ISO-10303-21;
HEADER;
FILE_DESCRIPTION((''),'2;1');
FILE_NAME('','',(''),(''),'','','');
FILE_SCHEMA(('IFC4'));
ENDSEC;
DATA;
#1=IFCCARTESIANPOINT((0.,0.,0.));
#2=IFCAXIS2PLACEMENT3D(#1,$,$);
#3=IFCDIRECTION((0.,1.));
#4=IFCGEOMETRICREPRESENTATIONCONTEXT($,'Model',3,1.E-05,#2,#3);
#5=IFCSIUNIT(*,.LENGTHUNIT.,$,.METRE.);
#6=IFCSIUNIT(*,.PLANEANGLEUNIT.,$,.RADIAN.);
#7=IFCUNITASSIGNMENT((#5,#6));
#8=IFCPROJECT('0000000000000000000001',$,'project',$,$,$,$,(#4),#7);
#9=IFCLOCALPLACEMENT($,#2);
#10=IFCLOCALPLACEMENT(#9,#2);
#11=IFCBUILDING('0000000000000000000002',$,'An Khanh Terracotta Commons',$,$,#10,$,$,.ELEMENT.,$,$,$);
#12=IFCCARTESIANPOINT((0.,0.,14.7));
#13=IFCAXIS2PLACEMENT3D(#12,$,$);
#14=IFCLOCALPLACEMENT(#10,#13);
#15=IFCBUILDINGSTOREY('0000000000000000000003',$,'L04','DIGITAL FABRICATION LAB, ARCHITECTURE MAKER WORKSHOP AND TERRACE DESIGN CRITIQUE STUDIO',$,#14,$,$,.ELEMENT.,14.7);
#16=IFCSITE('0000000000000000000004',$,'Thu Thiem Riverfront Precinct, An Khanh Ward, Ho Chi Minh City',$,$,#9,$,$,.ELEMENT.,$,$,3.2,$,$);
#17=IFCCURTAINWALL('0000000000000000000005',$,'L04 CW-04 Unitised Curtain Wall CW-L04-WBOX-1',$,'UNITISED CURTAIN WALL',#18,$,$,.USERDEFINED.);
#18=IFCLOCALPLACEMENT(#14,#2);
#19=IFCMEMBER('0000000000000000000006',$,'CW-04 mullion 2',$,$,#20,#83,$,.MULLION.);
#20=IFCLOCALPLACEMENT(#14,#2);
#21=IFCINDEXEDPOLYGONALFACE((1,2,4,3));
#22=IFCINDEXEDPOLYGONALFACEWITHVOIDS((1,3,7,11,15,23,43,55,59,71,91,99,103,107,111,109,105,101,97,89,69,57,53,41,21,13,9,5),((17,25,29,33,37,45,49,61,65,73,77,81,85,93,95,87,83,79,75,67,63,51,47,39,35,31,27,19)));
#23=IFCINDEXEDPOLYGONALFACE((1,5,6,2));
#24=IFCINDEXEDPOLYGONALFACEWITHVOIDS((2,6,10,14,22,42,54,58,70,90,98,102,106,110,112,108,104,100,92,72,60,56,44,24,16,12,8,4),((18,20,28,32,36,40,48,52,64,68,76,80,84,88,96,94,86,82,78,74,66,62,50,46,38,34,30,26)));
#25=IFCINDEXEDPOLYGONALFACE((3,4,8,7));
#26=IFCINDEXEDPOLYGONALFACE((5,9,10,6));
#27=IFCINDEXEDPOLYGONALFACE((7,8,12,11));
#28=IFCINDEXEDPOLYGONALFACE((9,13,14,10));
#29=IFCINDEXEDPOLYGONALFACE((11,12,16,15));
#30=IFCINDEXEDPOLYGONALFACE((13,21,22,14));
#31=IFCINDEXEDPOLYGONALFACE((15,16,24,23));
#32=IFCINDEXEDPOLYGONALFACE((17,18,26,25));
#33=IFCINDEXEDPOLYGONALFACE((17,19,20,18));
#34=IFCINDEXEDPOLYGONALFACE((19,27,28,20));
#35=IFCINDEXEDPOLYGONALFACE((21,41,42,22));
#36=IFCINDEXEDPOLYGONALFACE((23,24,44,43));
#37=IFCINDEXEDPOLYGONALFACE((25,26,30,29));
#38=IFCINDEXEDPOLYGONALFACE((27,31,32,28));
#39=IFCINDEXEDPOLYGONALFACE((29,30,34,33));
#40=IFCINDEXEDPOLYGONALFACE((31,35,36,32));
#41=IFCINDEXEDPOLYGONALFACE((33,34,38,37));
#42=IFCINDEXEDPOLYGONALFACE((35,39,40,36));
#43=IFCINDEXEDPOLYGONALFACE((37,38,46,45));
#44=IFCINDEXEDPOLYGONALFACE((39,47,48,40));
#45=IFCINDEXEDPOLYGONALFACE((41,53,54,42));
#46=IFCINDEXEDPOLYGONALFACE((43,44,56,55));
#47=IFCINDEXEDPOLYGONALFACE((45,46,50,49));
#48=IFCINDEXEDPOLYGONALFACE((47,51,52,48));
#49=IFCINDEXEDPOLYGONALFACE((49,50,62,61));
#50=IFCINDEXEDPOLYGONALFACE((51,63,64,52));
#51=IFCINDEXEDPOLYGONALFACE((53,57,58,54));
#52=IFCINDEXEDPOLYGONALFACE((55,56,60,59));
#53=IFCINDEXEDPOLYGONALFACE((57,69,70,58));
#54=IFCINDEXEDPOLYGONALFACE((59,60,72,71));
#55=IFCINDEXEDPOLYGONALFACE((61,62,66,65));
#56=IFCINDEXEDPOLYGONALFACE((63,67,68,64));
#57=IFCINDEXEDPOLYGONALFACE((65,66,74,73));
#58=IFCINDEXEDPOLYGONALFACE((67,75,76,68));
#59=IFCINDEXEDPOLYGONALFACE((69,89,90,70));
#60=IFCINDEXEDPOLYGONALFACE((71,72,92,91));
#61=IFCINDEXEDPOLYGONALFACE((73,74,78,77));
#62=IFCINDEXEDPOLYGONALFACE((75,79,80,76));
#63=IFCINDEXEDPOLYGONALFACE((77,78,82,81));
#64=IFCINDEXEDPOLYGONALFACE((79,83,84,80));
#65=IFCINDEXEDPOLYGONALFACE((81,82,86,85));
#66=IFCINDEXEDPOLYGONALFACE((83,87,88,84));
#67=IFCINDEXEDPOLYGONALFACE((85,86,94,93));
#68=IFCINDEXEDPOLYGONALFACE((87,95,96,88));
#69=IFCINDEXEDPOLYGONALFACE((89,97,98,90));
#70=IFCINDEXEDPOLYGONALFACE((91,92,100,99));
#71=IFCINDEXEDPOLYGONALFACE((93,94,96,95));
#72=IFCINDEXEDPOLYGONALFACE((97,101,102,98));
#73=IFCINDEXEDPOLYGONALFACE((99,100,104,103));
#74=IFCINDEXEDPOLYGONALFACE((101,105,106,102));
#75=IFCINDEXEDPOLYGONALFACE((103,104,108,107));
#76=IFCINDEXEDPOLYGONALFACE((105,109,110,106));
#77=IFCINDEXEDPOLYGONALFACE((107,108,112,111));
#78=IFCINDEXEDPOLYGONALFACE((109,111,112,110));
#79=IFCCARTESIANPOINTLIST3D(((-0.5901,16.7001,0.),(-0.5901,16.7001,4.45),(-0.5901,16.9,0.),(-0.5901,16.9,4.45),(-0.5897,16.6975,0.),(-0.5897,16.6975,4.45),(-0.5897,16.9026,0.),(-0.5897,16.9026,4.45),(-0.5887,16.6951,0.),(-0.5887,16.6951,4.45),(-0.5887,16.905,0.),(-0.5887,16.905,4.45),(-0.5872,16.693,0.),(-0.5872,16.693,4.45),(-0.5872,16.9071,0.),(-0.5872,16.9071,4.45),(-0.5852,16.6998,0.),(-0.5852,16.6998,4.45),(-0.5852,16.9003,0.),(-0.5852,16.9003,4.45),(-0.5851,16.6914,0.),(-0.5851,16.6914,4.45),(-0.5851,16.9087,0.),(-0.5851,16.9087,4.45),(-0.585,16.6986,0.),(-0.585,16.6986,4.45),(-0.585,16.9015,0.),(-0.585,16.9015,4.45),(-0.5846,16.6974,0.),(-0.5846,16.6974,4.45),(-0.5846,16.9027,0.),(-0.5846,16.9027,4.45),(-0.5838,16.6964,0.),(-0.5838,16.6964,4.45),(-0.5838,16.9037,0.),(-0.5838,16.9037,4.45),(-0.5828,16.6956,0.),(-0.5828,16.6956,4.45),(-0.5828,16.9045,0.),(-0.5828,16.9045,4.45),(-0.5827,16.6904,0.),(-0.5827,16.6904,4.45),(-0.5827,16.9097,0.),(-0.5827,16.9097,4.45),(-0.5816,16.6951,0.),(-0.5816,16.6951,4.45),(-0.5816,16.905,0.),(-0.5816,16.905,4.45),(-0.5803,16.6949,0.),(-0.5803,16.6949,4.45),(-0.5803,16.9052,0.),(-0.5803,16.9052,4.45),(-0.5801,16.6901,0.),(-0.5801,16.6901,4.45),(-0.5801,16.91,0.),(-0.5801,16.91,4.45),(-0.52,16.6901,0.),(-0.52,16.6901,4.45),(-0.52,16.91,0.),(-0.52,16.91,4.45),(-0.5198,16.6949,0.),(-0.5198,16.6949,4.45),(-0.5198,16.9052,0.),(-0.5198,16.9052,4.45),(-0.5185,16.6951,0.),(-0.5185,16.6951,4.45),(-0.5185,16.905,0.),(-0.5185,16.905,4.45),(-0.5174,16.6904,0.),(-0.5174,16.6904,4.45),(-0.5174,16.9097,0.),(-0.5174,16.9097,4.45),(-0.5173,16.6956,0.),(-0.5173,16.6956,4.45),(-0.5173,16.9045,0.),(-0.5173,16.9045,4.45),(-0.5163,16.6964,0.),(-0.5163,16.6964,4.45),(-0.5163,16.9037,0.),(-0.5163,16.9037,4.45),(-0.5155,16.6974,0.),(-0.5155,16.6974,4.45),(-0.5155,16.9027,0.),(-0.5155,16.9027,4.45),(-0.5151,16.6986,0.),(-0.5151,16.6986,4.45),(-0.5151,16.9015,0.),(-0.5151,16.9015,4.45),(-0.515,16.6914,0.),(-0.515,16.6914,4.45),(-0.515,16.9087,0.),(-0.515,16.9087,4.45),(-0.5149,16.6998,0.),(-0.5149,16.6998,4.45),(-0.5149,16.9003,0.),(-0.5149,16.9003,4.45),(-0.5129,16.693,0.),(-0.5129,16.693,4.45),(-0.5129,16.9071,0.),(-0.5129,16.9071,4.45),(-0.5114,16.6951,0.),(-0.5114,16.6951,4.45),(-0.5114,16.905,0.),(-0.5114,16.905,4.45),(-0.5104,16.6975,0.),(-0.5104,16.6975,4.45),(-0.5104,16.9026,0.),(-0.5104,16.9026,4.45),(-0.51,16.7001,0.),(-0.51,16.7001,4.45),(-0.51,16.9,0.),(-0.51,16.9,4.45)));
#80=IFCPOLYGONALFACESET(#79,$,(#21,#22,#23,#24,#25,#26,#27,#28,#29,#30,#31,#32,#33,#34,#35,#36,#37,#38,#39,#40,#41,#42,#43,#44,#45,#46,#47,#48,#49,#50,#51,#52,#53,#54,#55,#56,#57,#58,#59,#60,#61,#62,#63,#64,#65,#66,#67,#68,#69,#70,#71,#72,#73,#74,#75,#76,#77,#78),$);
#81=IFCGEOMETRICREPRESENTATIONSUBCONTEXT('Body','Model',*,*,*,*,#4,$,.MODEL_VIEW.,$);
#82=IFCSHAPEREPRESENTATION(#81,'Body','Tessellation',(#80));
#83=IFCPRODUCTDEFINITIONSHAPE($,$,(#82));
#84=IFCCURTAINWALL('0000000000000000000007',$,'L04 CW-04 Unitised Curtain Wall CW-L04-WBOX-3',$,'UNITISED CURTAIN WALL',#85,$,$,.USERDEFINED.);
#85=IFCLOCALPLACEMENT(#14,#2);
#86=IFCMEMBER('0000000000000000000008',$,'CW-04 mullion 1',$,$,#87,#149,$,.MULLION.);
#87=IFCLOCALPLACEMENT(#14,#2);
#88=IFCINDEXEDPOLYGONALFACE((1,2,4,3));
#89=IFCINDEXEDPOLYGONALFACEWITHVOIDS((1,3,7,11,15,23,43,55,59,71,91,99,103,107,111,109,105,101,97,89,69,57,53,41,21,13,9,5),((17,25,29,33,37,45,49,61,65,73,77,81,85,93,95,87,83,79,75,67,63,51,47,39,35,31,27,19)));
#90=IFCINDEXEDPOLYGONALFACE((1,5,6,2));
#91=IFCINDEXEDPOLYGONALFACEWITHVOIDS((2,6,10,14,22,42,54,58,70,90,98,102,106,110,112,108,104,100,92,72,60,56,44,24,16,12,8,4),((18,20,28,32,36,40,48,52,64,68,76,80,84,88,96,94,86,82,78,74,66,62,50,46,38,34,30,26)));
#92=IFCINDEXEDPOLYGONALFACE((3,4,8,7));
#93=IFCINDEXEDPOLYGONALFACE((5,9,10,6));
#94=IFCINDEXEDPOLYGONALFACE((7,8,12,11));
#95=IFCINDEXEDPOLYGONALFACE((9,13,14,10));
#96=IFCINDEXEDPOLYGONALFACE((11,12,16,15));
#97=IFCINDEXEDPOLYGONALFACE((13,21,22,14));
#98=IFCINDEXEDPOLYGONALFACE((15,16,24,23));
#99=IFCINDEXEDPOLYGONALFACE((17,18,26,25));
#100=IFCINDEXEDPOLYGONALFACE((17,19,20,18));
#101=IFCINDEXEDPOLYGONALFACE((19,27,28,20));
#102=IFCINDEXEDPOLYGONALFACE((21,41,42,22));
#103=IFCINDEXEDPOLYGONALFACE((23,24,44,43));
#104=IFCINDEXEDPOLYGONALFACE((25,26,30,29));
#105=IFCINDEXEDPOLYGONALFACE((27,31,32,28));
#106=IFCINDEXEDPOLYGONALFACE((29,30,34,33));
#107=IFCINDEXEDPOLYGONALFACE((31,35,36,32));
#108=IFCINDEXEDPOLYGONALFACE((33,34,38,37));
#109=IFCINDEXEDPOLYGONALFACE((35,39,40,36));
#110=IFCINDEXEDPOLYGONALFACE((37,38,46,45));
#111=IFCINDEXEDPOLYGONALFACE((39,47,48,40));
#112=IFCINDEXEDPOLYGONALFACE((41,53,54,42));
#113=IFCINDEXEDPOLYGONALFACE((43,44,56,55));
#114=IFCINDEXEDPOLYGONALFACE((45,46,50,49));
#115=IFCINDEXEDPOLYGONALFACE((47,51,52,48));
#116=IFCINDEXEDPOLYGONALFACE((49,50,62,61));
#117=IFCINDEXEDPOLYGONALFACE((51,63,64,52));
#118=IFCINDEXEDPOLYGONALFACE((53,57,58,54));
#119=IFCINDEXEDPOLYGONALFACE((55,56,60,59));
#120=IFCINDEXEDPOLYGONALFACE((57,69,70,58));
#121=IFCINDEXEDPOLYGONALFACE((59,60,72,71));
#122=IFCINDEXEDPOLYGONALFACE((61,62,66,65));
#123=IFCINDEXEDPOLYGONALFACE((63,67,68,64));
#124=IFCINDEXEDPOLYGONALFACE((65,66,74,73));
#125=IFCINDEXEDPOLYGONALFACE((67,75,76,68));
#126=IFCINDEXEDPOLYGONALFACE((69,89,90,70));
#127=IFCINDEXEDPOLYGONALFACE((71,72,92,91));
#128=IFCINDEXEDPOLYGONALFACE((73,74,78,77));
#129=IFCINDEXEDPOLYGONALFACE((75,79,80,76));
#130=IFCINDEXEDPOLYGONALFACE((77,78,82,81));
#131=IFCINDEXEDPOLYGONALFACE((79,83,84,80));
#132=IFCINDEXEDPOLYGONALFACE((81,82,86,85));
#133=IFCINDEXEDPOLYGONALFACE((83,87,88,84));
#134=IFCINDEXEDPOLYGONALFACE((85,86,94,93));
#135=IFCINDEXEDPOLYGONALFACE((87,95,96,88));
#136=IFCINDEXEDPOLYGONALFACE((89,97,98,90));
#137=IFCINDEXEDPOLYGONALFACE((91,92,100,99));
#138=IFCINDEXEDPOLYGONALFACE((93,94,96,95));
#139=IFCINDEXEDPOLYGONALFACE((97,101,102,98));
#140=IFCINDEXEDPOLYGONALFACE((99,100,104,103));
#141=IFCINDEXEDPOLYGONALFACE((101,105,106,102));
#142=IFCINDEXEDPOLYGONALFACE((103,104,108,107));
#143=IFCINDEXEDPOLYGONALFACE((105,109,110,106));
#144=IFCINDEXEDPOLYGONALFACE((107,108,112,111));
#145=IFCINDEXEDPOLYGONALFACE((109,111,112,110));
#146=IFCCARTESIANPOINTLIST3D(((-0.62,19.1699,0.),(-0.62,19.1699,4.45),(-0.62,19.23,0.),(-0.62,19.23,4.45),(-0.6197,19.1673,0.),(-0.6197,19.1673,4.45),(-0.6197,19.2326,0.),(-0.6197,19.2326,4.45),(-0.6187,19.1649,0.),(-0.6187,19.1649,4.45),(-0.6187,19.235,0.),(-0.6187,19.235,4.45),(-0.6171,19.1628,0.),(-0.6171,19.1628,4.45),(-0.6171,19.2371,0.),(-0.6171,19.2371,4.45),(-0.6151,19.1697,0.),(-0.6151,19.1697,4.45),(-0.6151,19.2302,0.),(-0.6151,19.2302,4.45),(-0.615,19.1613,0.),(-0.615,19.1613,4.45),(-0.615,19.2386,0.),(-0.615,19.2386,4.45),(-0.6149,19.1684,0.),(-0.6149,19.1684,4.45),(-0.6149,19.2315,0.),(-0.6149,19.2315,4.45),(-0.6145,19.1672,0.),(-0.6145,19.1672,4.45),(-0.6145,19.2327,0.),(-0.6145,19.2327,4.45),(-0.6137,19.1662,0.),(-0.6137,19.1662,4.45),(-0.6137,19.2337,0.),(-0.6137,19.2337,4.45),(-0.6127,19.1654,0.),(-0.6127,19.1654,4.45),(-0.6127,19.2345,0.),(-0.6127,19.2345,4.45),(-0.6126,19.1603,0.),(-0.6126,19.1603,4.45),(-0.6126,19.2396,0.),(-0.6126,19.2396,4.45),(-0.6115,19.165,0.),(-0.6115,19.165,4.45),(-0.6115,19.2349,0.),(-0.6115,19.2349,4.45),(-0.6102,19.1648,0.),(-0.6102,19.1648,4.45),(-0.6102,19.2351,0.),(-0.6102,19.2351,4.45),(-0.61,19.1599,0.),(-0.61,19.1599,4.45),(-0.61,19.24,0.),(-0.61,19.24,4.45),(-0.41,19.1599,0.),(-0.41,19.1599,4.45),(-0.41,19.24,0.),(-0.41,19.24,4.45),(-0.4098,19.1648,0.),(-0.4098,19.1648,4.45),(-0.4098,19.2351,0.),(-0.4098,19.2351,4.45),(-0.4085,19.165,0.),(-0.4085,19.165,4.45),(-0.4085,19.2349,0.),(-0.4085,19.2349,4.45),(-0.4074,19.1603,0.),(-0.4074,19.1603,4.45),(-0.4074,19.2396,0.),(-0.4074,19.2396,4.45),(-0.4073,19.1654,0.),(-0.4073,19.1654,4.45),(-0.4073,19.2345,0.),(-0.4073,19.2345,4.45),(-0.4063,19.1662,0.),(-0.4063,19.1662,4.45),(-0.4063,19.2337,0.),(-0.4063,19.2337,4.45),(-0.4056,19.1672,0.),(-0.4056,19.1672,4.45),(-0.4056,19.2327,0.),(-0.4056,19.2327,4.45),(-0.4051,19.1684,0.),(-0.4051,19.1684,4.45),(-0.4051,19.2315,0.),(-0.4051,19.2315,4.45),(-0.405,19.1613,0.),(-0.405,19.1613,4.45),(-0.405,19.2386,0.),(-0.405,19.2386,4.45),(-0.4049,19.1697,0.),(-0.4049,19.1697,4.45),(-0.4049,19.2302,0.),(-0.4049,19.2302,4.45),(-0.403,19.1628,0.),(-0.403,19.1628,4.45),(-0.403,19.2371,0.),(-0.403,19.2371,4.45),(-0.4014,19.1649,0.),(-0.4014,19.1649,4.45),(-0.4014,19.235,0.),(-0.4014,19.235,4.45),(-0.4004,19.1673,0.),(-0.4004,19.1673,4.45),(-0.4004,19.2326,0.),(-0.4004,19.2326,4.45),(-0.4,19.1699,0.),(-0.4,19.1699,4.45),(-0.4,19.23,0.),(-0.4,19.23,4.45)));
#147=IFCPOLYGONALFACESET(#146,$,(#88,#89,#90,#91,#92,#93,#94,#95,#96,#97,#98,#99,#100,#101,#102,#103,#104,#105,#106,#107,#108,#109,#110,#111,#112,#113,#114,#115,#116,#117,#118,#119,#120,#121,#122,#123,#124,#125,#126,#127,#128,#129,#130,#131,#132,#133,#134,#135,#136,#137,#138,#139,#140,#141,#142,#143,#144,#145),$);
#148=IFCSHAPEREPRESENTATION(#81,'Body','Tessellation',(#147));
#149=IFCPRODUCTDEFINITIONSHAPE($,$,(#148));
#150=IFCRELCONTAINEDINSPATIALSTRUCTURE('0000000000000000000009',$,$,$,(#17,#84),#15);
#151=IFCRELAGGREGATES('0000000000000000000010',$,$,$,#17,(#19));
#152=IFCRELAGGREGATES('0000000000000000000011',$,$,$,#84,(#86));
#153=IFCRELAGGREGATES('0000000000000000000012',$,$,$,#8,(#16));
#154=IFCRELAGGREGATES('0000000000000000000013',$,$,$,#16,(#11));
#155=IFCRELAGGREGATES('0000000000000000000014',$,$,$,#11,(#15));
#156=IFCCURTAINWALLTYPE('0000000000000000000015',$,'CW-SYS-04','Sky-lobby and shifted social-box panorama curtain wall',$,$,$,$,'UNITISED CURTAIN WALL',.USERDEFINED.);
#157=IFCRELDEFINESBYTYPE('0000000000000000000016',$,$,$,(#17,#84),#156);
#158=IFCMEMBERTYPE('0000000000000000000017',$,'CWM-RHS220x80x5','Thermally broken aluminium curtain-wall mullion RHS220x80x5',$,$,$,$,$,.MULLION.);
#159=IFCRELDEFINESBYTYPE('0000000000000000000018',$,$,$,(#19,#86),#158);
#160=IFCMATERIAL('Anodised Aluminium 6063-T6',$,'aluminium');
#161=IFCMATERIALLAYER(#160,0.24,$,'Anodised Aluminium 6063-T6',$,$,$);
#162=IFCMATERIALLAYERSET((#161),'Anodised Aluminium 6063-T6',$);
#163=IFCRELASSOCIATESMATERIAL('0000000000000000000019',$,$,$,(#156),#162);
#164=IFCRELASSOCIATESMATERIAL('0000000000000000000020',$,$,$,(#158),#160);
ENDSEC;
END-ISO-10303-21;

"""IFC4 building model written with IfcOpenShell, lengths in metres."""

from ifc_helpers import new_model, si_unit, direction, frame, origin, origin_2d, place, context, subcontext, project, spatial, hollow_rectangle, extrude, material, layer, layer_set, material_profile, profile_set, type_object, element, aggregate, save


model = new_model("IFC4")

# Units and contexts
model_context = context("Model", 3, precision=1e-05, world=origin(), true_north=direction((0.0, 1.0)))
body_context = subcontext(model_context, "Body", "Model", "MODEL_VIEW")
ifc_project = project(units=[si_unit("LENGTHUNIT", "METRE"), si_unit("PLANEANGLEUNIT", "RADIAN")], contexts=[model_context])

# Site, building, storey
site_placement = place(None, origin())
site = spatial("IfcSite", under=ifc_project, at=site_placement, Name="Thu Thiem Riverfront Precinct, An Khanh Ward, Ho Chi Minh City", CompositionType="ELEMENT", RefElevation=3.2)
building_placement = place(site_placement, origin())
building = spatial("IfcBuilding", under=site, at=building_placement, Name="An Khanh Terracotta Commons", CompositionType="ELEMENT")
storey_placement = place(building_placement, frame((0.0, 0.0, 14.7)))
storey = spatial("IfcBuildingStorey", under=building, at=storey_placement, Name="L04", Description="DIGITAL FABRICATION LAB, ARCHITECTURE MAKER WORKSHOP AND TERRACE DESIGN CRITIQUE STUDIO", CompositionType="ELEMENT", Elevation=14.7)

# Curtain walls, members
ifc_material_1 = material(Name="Anodised Aluminium 6063-T6", Category="aluminium")
ifc_layer_1 = layer(ifc_material_1, 0.24, Name="Anodised Aluminium 6063-T6")
ifc_layer_set_1 = layer_set([ifc_layer_1], Name="Anodised Aluminium 6063-T6")
curtain_wall_type = type_object("IfcCurtainWallType", Name="CW-SYS-04", Description="Sky-lobby and shifted social-box panorama curtain wall", ElementType="UNITISED CURTAIN WALL", PredefinedType="USERDEFINED", material=ifc_layer_set_1)
curtain_wall_1_placement = place(storey_placement, origin())
curtain_wall_1 = element("IfcCurtainWall", 1, at=curtain_wall_1_placement, inside=storey, type_object=curtain_wall_type, Name="L04 CW-04 Unitised Curtain Wall CW-L04-WBOX-1", ObjectType="UNITISED CURTAIN WALL", PredefinedType="USERDEFINED")
ifc_material_profile_1 = material_profile(ifc_material_1, hollow_rectangle(XDim=0.0801, YDim=0.22, WallThickness=0.0049, InnerFilletRadius=0.0049, OuterFilletRadius=0.01, at=origin_2d()), Name="RHS220x80x5")
ifc_profile_set_1 = profile_set([ifc_material_profile_1], Name="Anodised Aluminium 6063-T6")
member_type_1 = type_object("IfcMemberType", Name="CWM-RHS220x80x5", Description="Thermally broken aluminium curtain-wall mullion RHS220x80x5", PredefinedType="MULLION", material=ifc_profile_set_1)
member_1_placement = place(storey_placement, frame((-0.55, 16.8, 0.0), z_axis=(0.0, 0.0, 1.0), x_axis=(1.0, 0.0, 0.0)))
member_1 = element("IfcMember", 2, at=member_1_placement, type_object=member_type_1, Name="CW-04 mullion 2", PredefinedType="MULLION", context=body_context, shape_type="SweptSolid", body=[
    extrude(hollow_rectangle(XDim=0.0801, YDim=0.22, WallThickness=0.0049, InnerFilletRadius=0.0049, OuterFilletRadius=0.01, at=origin_2d()), origin(), (0.0, 0.0, 1.0), 4.45),
])
curtain_wall_2_placement = place(storey_placement, origin())
curtain_wall_2 = element("IfcCurtainWall", 3, at=curtain_wall_2_placement, inside=storey, type_object=curtain_wall_type, Name="L04 CW-04 Unitised Curtain Wall CW-L04-WBOX-3", ObjectType="UNITISED CURTAIN WALL", PredefinedType="USERDEFINED")
member_2_placement = place(storey_placement, frame((-0.51, 19.2, 0.0), z_axis=(0.0, 0.0, 1.0), x_axis=(0.0, 1.0, 0.0)))
member_2 = element("IfcMember", 4, at=member_2_placement, type_object=member_type_1, Name="CW-04 mullion 1", PredefinedType="MULLION", context=body_context, shape_type="SweptSolid", body=[
    extrude(hollow_rectangle(XDim=0.0801, YDim=0.22, WallThickness=0.0049, InnerFilletRadius=0.0049, OuterFilletRadius=0.01, at=origin_2d()), origin(), (0.0, 0.0, 1.0), 4.45),
])

aggregate(curtain_wall_1, [member_1])
aggregate(curtain_wall_2, [member_2])

save(model, "model.ifc")
